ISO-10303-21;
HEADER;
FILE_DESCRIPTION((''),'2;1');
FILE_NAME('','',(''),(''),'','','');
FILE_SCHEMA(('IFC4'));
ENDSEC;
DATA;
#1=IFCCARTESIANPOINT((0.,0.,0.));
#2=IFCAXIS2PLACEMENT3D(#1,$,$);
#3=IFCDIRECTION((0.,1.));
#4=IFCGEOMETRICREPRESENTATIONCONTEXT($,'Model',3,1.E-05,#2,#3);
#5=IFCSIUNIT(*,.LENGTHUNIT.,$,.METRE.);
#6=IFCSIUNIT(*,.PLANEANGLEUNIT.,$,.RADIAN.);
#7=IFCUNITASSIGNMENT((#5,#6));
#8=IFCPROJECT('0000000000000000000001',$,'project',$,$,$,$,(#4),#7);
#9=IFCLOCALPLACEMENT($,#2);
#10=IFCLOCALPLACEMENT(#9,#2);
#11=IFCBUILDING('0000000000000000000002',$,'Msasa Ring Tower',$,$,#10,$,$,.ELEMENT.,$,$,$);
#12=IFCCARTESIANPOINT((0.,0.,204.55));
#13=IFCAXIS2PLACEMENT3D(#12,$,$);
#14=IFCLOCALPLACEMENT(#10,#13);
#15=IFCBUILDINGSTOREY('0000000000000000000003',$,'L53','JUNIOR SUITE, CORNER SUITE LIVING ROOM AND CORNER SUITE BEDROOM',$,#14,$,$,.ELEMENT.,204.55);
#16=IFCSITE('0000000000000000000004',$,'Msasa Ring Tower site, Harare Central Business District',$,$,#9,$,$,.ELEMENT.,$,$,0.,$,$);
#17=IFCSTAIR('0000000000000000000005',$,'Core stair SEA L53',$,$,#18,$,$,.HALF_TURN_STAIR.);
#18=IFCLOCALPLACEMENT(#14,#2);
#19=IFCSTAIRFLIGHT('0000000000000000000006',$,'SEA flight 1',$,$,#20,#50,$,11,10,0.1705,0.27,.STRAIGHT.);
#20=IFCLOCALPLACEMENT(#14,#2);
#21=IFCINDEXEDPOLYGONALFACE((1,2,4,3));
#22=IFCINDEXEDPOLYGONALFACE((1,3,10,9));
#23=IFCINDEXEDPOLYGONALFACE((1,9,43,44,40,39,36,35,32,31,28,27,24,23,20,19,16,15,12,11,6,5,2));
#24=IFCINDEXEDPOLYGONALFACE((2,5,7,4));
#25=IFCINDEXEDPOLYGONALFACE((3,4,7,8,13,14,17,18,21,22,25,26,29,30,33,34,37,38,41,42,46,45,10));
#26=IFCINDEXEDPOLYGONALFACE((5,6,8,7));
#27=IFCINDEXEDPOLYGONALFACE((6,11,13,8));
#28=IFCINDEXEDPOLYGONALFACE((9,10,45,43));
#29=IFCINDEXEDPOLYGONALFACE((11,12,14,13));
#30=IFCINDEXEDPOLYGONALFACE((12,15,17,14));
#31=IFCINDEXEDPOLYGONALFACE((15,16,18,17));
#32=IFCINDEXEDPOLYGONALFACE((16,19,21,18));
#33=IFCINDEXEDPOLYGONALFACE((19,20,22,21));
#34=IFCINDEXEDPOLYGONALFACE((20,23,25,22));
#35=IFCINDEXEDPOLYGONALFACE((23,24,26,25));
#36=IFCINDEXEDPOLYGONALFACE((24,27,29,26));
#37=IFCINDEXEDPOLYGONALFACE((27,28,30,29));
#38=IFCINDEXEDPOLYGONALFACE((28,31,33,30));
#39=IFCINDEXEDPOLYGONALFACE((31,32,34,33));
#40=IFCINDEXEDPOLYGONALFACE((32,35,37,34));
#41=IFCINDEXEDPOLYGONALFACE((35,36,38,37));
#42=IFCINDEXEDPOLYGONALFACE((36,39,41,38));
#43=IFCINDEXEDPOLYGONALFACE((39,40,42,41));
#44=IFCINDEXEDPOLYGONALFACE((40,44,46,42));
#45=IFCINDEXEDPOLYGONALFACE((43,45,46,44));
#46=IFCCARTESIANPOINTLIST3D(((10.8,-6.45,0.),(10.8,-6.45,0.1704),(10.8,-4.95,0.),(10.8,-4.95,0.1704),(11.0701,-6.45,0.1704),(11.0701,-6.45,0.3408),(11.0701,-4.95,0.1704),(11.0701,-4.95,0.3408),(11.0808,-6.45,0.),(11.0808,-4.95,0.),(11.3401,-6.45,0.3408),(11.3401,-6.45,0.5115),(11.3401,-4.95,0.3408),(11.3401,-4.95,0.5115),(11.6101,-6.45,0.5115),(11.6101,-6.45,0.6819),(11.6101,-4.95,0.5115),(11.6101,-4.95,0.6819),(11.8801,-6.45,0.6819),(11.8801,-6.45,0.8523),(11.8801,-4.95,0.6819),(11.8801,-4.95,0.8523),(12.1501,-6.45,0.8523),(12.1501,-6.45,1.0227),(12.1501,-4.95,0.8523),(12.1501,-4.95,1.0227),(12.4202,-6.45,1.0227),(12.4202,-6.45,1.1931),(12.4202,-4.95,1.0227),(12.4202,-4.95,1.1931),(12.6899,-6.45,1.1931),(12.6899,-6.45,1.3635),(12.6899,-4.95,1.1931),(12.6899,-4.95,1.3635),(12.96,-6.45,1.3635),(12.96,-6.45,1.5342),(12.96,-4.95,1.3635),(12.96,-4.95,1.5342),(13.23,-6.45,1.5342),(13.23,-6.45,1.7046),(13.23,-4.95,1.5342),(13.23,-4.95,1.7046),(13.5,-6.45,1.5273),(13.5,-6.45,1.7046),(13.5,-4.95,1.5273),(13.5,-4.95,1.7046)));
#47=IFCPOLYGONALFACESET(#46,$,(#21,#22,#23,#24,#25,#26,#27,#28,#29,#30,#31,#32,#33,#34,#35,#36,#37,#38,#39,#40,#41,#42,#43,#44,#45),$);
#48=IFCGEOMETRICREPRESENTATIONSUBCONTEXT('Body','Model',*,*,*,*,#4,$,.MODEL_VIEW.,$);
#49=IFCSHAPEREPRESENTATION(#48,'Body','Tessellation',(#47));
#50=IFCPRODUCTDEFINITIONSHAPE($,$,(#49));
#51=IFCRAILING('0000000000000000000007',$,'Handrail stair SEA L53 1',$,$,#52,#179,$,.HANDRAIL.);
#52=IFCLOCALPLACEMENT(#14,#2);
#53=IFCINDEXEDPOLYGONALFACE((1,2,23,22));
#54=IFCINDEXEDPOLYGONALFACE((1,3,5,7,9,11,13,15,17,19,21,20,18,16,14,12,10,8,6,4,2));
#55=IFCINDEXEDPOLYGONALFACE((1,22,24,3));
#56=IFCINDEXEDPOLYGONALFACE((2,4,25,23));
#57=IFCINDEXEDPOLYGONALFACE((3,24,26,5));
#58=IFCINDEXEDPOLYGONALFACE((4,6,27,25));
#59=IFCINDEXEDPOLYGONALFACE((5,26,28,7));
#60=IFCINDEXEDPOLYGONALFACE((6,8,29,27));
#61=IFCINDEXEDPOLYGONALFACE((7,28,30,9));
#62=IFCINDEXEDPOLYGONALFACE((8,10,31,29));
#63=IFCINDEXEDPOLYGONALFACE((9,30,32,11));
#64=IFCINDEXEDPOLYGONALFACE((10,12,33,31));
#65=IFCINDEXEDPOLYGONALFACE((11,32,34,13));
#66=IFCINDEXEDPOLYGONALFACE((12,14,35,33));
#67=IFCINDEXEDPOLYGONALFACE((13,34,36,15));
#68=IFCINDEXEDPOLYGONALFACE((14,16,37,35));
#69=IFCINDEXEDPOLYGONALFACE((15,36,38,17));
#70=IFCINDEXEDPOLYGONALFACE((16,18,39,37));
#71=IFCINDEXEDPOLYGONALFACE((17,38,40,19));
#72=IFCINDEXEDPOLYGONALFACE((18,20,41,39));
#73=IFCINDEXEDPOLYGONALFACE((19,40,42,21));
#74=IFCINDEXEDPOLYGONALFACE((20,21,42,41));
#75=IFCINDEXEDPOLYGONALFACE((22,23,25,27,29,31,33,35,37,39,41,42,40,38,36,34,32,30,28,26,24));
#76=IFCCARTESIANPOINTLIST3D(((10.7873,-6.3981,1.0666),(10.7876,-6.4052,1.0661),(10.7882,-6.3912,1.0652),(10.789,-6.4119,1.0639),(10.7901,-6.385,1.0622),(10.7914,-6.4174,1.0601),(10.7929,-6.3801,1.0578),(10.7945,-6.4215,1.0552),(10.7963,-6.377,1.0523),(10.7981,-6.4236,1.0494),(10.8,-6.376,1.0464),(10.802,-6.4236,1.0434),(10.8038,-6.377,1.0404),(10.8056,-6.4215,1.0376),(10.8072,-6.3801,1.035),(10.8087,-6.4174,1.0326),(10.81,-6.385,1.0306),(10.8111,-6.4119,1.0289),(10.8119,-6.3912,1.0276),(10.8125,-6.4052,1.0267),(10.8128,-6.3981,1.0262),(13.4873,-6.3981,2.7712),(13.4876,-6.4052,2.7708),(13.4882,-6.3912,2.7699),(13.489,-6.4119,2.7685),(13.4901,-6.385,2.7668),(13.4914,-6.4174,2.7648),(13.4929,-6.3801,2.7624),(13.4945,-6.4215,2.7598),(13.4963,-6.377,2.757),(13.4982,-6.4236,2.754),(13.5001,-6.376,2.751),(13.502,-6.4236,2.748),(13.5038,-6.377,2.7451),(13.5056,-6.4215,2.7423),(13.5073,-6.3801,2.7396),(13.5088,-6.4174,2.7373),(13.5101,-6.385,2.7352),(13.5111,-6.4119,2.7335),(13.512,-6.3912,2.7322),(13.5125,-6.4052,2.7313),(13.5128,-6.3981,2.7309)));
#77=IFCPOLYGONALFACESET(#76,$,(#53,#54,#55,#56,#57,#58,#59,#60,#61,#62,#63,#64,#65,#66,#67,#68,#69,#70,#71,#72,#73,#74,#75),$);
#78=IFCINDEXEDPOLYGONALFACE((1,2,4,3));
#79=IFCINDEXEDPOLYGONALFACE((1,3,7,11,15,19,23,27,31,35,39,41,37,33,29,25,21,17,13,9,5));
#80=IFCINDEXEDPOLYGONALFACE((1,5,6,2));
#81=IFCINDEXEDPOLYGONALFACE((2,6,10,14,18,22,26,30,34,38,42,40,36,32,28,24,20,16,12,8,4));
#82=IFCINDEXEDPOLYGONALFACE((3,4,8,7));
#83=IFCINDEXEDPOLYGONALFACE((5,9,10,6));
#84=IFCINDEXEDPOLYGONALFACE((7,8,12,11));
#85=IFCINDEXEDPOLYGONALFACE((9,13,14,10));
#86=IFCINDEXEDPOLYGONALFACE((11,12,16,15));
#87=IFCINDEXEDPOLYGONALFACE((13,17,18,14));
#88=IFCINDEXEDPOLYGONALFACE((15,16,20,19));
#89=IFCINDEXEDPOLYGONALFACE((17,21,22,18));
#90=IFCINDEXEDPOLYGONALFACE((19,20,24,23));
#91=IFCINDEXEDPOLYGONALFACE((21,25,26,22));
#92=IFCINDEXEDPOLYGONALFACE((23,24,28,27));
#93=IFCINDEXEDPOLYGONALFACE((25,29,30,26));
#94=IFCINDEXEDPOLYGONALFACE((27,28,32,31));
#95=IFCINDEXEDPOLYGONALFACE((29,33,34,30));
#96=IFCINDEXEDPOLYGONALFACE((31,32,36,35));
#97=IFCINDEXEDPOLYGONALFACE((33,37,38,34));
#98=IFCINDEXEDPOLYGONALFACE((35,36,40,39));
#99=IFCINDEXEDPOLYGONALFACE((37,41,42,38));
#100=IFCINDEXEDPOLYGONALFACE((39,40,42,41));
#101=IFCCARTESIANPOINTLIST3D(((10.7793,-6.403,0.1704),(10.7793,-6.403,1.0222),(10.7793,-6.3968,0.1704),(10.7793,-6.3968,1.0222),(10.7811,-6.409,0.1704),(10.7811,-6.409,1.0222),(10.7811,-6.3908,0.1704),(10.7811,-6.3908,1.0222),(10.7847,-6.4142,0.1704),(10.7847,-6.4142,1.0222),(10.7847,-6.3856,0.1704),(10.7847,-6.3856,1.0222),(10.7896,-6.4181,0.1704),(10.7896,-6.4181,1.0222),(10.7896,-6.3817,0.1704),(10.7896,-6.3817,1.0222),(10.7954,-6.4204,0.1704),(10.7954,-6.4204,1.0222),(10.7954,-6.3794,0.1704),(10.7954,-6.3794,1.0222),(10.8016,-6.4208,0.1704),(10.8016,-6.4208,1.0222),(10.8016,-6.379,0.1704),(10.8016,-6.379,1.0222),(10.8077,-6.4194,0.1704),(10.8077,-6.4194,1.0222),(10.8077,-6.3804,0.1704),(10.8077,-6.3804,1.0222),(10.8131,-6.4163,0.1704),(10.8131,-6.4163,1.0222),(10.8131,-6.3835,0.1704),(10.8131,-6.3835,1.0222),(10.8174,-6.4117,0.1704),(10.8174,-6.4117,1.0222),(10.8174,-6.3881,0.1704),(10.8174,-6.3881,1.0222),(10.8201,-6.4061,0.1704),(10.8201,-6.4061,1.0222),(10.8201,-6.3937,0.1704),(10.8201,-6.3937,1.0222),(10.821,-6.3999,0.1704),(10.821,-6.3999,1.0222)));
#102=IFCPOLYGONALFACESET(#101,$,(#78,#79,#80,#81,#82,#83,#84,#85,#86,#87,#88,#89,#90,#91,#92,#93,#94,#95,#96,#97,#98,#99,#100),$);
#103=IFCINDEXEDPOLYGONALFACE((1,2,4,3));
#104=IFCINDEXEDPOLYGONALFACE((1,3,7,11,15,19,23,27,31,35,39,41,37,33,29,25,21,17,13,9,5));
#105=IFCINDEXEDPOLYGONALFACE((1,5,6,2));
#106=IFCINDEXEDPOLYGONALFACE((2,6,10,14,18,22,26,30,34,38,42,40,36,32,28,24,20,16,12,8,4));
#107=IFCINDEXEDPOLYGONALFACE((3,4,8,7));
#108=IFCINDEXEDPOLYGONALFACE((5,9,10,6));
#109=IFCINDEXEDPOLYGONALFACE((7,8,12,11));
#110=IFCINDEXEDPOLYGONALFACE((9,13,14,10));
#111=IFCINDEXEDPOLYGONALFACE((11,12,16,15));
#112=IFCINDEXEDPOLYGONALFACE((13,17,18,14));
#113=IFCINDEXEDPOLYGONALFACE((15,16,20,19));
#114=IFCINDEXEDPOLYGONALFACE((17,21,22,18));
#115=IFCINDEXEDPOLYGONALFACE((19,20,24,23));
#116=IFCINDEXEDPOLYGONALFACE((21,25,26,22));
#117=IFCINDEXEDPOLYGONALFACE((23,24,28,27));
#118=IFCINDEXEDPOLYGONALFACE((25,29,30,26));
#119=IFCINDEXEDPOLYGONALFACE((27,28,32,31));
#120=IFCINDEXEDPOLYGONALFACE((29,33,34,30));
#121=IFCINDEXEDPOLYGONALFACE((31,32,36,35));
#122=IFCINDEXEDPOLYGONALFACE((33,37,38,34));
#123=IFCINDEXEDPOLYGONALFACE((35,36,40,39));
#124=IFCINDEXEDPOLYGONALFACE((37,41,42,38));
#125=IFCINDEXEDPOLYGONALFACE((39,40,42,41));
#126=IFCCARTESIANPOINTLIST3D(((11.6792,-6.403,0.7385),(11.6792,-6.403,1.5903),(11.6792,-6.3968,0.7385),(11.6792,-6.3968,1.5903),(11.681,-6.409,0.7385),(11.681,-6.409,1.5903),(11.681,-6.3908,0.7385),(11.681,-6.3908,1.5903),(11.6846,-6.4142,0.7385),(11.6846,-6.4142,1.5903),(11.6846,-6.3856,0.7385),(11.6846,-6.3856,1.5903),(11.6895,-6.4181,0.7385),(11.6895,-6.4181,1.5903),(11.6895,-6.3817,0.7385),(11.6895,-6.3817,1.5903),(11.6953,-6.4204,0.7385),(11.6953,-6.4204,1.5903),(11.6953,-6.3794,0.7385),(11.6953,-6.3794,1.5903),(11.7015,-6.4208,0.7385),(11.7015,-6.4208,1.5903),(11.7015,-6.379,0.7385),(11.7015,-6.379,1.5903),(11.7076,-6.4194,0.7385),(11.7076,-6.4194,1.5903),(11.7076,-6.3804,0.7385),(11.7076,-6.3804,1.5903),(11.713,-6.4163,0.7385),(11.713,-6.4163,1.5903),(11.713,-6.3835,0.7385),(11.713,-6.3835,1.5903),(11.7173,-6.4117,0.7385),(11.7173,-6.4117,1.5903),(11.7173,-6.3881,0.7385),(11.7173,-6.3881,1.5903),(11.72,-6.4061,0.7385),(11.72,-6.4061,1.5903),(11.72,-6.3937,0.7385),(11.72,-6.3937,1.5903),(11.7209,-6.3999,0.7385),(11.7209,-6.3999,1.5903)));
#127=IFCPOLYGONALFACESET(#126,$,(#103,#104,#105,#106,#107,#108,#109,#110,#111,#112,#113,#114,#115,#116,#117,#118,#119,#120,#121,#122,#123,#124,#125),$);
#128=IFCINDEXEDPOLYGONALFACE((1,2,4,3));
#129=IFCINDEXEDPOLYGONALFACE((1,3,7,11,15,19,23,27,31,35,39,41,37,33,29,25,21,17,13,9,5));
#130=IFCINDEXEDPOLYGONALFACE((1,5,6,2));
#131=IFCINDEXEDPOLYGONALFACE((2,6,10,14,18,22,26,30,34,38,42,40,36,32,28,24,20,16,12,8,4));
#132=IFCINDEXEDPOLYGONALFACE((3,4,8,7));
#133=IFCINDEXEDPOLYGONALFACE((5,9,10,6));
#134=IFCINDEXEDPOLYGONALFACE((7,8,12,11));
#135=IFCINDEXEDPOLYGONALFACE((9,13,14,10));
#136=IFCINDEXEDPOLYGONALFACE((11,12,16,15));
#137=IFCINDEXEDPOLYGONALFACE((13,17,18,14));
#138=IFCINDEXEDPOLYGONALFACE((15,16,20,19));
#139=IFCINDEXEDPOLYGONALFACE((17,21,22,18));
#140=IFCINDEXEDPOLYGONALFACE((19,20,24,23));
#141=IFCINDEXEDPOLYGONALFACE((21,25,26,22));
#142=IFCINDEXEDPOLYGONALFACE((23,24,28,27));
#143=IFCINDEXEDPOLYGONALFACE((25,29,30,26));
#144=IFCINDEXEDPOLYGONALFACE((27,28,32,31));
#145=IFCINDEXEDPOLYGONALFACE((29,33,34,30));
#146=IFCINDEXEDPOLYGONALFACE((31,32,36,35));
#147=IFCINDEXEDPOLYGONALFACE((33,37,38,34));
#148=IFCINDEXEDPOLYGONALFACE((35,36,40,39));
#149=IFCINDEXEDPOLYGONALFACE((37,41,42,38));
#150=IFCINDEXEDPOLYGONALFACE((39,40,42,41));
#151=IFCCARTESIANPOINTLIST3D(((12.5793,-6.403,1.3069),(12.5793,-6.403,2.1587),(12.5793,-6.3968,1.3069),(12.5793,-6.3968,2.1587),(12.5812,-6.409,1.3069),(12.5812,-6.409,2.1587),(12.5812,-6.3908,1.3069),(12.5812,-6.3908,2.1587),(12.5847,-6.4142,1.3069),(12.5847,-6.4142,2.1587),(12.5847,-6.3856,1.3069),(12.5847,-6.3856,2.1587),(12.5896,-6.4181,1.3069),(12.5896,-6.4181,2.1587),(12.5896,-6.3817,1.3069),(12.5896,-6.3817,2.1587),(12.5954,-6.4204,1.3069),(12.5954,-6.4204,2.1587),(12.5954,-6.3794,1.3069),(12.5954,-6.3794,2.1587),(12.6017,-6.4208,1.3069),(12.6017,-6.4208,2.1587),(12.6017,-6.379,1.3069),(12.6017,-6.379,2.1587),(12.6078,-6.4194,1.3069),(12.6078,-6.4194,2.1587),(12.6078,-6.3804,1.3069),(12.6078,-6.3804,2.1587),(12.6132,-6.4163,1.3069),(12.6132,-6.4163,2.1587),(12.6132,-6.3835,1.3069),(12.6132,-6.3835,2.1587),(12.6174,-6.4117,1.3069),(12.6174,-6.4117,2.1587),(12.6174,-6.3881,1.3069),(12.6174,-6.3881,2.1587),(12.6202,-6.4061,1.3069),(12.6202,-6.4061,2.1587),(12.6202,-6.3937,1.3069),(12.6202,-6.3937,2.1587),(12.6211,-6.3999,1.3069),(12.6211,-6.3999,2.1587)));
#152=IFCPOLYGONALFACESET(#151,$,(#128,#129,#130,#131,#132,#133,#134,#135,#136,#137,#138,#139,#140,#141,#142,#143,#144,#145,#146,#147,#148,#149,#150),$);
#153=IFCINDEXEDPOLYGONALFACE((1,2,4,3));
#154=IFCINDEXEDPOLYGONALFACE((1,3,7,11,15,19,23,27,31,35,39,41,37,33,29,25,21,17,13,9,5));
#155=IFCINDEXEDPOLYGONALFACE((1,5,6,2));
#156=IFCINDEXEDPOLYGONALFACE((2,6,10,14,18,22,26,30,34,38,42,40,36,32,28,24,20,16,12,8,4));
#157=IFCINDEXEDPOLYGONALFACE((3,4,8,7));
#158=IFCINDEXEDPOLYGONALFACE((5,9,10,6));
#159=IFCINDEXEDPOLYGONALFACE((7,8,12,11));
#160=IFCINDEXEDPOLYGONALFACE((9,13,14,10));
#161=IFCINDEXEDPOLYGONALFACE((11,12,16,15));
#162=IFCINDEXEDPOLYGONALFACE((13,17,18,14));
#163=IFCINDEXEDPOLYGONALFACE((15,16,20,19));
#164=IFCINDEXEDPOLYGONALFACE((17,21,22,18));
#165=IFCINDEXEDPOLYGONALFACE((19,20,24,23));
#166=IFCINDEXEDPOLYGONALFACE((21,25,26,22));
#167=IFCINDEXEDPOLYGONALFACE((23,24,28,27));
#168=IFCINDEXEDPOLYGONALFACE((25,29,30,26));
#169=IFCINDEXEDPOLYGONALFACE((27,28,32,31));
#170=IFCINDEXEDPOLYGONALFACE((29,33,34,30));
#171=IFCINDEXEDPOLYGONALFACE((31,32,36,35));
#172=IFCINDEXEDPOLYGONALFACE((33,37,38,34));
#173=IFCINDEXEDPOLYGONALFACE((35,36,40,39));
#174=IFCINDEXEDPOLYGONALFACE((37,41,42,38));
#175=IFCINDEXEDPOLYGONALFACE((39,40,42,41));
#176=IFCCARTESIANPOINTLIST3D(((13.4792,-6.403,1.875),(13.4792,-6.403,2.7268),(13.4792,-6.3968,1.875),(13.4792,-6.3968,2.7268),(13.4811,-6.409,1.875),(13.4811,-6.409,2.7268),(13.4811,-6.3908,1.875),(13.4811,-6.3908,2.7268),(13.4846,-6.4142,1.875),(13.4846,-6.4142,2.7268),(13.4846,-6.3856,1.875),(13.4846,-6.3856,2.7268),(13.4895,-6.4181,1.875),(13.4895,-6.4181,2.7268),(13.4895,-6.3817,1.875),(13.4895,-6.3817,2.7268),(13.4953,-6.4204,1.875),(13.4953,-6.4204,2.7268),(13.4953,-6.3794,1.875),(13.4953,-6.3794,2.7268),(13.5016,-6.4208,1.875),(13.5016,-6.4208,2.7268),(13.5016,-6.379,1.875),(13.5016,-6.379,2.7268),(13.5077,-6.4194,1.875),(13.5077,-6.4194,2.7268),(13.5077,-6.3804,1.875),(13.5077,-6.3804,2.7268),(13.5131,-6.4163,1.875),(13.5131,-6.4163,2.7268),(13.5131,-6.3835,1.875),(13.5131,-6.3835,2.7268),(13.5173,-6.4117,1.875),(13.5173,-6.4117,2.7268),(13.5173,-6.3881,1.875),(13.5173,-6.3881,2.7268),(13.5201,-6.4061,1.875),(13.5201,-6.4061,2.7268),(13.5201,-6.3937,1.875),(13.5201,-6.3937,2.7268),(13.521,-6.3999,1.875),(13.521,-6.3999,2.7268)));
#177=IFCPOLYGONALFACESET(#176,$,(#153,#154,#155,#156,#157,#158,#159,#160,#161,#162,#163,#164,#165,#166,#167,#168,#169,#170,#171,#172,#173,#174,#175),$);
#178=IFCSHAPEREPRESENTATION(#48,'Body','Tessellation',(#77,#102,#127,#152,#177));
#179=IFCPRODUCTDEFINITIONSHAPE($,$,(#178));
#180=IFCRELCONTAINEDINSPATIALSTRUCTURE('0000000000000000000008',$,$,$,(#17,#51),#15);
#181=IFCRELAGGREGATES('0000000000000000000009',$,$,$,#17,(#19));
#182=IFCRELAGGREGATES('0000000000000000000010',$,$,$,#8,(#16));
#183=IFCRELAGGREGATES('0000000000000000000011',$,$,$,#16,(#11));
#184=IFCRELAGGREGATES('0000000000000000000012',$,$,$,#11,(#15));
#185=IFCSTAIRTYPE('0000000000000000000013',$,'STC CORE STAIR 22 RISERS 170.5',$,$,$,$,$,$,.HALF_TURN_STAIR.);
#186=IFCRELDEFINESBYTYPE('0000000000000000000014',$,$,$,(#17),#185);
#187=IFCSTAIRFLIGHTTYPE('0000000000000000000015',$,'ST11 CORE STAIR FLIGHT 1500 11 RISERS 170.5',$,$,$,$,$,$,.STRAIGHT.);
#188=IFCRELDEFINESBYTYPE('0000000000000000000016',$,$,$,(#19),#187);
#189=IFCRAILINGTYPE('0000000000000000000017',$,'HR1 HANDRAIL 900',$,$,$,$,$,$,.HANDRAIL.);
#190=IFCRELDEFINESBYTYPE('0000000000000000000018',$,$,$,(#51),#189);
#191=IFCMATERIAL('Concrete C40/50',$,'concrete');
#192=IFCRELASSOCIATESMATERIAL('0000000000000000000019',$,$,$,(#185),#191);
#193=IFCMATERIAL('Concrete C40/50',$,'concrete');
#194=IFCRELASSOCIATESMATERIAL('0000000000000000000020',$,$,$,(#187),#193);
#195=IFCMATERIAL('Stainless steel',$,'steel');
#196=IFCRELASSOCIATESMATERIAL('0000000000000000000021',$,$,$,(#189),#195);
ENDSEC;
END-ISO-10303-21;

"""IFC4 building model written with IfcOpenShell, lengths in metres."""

from ifc_helpers import new_model, si_unit, direction, frame, origin, origin_2d, place, context, subcontext, project, spatial, polyline, circle, outline, extrude, material, type_object, element, aggregate, save


model = new_model("IFC4")

# Units and contexts
model_context = context("Model", 3, precision=1e-05, world=origin(), true_north=direction((0.0, 1.0)))
body_context = subcontext(model_context, "Body", "Model", "MODEL_VIEW")
ifc_project = project(units=[si_unit("LENGTHUNIT", "METRE"), si_unit("PLANEANGLEUNIT", "RADIAN")], contexts=[model_context])

# Site, building, storey
site_placement = place(None, origin())
site = spatial("IfcSite", under=ifc_project, at=site_placement, Name="Msasa Ring Tower site, Harare Central Business District", CompositionType="ELEMENT", RefElevation=0.0)
building_placement = place(site_placement, origin())
building = spatial("IfcBuilding", under=site, at=building_placement, Name="Msasa Ring Tower", CompositionType="ELEMENT")
storey_placement = place(building_placement, frame((0.0, 0.0, 204.55)))
storey = spatial("IfcBuildingStorey", under=building, at=storey_placement, Name="L53", Description="JUNIOR SUITE, CORNER SUITE LIVING ROOM AND CORNER SUITE BEDROOM", CompositionType="ELEMENT", Elevation=204.55)

# Stair
ifc_material_1 = material(Name="Concrete C40/50", Category="concrete")
stair_type = type_object("IfcStairType", Name="STC CORE STAIR 22 RISERS 170.5", PredefinedType="HALF_TURN_STAIR", material=ifc_material_1)
stair_1_placement = place(storey_placement, origin())
stair_1 = element("IfcStair", 1, at=stair_1_placement, inside=storey, type_object=stair_type, Name="Core stair SEA L53", PredefinedType="HALF_TURN_STAIR")

# Stair flight
ifc_material_2 = material(Name="Concrete C40/50", Category="concrete")
stair_flight_type = type_object("IfcStairFlightType", Name="ST11 CORE STAIR FLIGHT 1500 11 RISERS 170.5", PredefinedType="STRAIGHT", material=ifc_material_2)
stair_flight_placement = place(storey_placement, frame((10.8, -5.7, 0.0), z_axis=(0.0, 0.0, 1.0), x_axis=(1.0, 0.0, 0.0)))
stair_flight = element("IfcStairFlight", 2, at=stair_flight_placement, type_object=stair_flight_type, Name="SEA flight 1", NumberOfRisers=11, NumberOfTreads=10, PredefinedType="STRAIGHT", RiserHeight=0.1705, TreadLength=0.27, context=body_context, shape_type="SweptSolid", body=[
    extrude(outline(polyline([(0.0, 0.0), (0.0, 0.1704), (0.27, 0.1704), (0.27, 0.3408), (0.54, 0.3408), (0.54, 0.5115), (0.8101, 0.5115), (0.8101, 0.6819), (1.0801, 0.6819), (1.0801, 0.8523), (1.3501, 0.8523), (1.3501, 1.0227), (1.6201, 1.0227), (1.6201, 1.1931), (1.8899, 1.1931), (1.8899, 1.3635), (2.1599, 1.3635), (2.1599, 1.5342), (2.4299, 1.5342), (2.4299, 1.7046), (2.7, 1.7046), (2.7, 1.875), (2.7, 1.5273), (0.2808, 0.0), (0.0, 0.0)])), frame((0.0, 0.75, 0.0), z_axis=(0.0, -1.0, 0.0), x_axis=(1.0, 0.0, 0.0)), (0.0, 0.0, 1.0), 1.5),
])
aggregate(stair_1, [stair_flight])

# Railing
ifc_material_3 = material(Name="Stainless steel", Category="steel")
railing_type = type_object("IfcRailingType", Name="HR1 HANDRAIL 900", PredefinedType="HANDRAIL", material=ifc_material_3)
for number, where, name in (
    (3, (10.8, -6.3999, 0.1704), "Handrail stair SEA L53 1"),
):
    element("IfcRailing", number, at=place(storey_placement, frame(where)), inside=storey, type_object=railing_type, Name=name, PredefinedType="HANDRAIL", context=body_context, shape_type="SweptSolid", body=[
        extrude(circle(Radius=0.0239, at=origin_2d()), frame((0.0, 0.0, 0.876), z_axis=(0.84558, 0.0, 0.533849), x_axis=(0.0, 1.0, 0.0)), (0.0, 0.0, 1.0), 3.1931),
        extrude(circle(Radius=0.021, at=origin_2d()), origin(), (0.0, 0.0, 1.0), 0.8518),
        extrude(circle(Radius=0.021, at=origin_2d()), frame((0.8999, 0.0, 0.5681)), (0.0, 0.0, 1.0), 0.8518),
        extrude(circle(Radius=0.021, at=origin_2d()), frame((1.8, 0.0, 1.1365)), (0.0, 0.0, 1.0), 0.8518),
        extrude(circle(Radius=0.021, at=origin_2d()), frame((2.7, 0.0, 1.7046)), (0.0, 0.0, 1.0), 0.8518),
    ])

save(model, "model.ifc")
